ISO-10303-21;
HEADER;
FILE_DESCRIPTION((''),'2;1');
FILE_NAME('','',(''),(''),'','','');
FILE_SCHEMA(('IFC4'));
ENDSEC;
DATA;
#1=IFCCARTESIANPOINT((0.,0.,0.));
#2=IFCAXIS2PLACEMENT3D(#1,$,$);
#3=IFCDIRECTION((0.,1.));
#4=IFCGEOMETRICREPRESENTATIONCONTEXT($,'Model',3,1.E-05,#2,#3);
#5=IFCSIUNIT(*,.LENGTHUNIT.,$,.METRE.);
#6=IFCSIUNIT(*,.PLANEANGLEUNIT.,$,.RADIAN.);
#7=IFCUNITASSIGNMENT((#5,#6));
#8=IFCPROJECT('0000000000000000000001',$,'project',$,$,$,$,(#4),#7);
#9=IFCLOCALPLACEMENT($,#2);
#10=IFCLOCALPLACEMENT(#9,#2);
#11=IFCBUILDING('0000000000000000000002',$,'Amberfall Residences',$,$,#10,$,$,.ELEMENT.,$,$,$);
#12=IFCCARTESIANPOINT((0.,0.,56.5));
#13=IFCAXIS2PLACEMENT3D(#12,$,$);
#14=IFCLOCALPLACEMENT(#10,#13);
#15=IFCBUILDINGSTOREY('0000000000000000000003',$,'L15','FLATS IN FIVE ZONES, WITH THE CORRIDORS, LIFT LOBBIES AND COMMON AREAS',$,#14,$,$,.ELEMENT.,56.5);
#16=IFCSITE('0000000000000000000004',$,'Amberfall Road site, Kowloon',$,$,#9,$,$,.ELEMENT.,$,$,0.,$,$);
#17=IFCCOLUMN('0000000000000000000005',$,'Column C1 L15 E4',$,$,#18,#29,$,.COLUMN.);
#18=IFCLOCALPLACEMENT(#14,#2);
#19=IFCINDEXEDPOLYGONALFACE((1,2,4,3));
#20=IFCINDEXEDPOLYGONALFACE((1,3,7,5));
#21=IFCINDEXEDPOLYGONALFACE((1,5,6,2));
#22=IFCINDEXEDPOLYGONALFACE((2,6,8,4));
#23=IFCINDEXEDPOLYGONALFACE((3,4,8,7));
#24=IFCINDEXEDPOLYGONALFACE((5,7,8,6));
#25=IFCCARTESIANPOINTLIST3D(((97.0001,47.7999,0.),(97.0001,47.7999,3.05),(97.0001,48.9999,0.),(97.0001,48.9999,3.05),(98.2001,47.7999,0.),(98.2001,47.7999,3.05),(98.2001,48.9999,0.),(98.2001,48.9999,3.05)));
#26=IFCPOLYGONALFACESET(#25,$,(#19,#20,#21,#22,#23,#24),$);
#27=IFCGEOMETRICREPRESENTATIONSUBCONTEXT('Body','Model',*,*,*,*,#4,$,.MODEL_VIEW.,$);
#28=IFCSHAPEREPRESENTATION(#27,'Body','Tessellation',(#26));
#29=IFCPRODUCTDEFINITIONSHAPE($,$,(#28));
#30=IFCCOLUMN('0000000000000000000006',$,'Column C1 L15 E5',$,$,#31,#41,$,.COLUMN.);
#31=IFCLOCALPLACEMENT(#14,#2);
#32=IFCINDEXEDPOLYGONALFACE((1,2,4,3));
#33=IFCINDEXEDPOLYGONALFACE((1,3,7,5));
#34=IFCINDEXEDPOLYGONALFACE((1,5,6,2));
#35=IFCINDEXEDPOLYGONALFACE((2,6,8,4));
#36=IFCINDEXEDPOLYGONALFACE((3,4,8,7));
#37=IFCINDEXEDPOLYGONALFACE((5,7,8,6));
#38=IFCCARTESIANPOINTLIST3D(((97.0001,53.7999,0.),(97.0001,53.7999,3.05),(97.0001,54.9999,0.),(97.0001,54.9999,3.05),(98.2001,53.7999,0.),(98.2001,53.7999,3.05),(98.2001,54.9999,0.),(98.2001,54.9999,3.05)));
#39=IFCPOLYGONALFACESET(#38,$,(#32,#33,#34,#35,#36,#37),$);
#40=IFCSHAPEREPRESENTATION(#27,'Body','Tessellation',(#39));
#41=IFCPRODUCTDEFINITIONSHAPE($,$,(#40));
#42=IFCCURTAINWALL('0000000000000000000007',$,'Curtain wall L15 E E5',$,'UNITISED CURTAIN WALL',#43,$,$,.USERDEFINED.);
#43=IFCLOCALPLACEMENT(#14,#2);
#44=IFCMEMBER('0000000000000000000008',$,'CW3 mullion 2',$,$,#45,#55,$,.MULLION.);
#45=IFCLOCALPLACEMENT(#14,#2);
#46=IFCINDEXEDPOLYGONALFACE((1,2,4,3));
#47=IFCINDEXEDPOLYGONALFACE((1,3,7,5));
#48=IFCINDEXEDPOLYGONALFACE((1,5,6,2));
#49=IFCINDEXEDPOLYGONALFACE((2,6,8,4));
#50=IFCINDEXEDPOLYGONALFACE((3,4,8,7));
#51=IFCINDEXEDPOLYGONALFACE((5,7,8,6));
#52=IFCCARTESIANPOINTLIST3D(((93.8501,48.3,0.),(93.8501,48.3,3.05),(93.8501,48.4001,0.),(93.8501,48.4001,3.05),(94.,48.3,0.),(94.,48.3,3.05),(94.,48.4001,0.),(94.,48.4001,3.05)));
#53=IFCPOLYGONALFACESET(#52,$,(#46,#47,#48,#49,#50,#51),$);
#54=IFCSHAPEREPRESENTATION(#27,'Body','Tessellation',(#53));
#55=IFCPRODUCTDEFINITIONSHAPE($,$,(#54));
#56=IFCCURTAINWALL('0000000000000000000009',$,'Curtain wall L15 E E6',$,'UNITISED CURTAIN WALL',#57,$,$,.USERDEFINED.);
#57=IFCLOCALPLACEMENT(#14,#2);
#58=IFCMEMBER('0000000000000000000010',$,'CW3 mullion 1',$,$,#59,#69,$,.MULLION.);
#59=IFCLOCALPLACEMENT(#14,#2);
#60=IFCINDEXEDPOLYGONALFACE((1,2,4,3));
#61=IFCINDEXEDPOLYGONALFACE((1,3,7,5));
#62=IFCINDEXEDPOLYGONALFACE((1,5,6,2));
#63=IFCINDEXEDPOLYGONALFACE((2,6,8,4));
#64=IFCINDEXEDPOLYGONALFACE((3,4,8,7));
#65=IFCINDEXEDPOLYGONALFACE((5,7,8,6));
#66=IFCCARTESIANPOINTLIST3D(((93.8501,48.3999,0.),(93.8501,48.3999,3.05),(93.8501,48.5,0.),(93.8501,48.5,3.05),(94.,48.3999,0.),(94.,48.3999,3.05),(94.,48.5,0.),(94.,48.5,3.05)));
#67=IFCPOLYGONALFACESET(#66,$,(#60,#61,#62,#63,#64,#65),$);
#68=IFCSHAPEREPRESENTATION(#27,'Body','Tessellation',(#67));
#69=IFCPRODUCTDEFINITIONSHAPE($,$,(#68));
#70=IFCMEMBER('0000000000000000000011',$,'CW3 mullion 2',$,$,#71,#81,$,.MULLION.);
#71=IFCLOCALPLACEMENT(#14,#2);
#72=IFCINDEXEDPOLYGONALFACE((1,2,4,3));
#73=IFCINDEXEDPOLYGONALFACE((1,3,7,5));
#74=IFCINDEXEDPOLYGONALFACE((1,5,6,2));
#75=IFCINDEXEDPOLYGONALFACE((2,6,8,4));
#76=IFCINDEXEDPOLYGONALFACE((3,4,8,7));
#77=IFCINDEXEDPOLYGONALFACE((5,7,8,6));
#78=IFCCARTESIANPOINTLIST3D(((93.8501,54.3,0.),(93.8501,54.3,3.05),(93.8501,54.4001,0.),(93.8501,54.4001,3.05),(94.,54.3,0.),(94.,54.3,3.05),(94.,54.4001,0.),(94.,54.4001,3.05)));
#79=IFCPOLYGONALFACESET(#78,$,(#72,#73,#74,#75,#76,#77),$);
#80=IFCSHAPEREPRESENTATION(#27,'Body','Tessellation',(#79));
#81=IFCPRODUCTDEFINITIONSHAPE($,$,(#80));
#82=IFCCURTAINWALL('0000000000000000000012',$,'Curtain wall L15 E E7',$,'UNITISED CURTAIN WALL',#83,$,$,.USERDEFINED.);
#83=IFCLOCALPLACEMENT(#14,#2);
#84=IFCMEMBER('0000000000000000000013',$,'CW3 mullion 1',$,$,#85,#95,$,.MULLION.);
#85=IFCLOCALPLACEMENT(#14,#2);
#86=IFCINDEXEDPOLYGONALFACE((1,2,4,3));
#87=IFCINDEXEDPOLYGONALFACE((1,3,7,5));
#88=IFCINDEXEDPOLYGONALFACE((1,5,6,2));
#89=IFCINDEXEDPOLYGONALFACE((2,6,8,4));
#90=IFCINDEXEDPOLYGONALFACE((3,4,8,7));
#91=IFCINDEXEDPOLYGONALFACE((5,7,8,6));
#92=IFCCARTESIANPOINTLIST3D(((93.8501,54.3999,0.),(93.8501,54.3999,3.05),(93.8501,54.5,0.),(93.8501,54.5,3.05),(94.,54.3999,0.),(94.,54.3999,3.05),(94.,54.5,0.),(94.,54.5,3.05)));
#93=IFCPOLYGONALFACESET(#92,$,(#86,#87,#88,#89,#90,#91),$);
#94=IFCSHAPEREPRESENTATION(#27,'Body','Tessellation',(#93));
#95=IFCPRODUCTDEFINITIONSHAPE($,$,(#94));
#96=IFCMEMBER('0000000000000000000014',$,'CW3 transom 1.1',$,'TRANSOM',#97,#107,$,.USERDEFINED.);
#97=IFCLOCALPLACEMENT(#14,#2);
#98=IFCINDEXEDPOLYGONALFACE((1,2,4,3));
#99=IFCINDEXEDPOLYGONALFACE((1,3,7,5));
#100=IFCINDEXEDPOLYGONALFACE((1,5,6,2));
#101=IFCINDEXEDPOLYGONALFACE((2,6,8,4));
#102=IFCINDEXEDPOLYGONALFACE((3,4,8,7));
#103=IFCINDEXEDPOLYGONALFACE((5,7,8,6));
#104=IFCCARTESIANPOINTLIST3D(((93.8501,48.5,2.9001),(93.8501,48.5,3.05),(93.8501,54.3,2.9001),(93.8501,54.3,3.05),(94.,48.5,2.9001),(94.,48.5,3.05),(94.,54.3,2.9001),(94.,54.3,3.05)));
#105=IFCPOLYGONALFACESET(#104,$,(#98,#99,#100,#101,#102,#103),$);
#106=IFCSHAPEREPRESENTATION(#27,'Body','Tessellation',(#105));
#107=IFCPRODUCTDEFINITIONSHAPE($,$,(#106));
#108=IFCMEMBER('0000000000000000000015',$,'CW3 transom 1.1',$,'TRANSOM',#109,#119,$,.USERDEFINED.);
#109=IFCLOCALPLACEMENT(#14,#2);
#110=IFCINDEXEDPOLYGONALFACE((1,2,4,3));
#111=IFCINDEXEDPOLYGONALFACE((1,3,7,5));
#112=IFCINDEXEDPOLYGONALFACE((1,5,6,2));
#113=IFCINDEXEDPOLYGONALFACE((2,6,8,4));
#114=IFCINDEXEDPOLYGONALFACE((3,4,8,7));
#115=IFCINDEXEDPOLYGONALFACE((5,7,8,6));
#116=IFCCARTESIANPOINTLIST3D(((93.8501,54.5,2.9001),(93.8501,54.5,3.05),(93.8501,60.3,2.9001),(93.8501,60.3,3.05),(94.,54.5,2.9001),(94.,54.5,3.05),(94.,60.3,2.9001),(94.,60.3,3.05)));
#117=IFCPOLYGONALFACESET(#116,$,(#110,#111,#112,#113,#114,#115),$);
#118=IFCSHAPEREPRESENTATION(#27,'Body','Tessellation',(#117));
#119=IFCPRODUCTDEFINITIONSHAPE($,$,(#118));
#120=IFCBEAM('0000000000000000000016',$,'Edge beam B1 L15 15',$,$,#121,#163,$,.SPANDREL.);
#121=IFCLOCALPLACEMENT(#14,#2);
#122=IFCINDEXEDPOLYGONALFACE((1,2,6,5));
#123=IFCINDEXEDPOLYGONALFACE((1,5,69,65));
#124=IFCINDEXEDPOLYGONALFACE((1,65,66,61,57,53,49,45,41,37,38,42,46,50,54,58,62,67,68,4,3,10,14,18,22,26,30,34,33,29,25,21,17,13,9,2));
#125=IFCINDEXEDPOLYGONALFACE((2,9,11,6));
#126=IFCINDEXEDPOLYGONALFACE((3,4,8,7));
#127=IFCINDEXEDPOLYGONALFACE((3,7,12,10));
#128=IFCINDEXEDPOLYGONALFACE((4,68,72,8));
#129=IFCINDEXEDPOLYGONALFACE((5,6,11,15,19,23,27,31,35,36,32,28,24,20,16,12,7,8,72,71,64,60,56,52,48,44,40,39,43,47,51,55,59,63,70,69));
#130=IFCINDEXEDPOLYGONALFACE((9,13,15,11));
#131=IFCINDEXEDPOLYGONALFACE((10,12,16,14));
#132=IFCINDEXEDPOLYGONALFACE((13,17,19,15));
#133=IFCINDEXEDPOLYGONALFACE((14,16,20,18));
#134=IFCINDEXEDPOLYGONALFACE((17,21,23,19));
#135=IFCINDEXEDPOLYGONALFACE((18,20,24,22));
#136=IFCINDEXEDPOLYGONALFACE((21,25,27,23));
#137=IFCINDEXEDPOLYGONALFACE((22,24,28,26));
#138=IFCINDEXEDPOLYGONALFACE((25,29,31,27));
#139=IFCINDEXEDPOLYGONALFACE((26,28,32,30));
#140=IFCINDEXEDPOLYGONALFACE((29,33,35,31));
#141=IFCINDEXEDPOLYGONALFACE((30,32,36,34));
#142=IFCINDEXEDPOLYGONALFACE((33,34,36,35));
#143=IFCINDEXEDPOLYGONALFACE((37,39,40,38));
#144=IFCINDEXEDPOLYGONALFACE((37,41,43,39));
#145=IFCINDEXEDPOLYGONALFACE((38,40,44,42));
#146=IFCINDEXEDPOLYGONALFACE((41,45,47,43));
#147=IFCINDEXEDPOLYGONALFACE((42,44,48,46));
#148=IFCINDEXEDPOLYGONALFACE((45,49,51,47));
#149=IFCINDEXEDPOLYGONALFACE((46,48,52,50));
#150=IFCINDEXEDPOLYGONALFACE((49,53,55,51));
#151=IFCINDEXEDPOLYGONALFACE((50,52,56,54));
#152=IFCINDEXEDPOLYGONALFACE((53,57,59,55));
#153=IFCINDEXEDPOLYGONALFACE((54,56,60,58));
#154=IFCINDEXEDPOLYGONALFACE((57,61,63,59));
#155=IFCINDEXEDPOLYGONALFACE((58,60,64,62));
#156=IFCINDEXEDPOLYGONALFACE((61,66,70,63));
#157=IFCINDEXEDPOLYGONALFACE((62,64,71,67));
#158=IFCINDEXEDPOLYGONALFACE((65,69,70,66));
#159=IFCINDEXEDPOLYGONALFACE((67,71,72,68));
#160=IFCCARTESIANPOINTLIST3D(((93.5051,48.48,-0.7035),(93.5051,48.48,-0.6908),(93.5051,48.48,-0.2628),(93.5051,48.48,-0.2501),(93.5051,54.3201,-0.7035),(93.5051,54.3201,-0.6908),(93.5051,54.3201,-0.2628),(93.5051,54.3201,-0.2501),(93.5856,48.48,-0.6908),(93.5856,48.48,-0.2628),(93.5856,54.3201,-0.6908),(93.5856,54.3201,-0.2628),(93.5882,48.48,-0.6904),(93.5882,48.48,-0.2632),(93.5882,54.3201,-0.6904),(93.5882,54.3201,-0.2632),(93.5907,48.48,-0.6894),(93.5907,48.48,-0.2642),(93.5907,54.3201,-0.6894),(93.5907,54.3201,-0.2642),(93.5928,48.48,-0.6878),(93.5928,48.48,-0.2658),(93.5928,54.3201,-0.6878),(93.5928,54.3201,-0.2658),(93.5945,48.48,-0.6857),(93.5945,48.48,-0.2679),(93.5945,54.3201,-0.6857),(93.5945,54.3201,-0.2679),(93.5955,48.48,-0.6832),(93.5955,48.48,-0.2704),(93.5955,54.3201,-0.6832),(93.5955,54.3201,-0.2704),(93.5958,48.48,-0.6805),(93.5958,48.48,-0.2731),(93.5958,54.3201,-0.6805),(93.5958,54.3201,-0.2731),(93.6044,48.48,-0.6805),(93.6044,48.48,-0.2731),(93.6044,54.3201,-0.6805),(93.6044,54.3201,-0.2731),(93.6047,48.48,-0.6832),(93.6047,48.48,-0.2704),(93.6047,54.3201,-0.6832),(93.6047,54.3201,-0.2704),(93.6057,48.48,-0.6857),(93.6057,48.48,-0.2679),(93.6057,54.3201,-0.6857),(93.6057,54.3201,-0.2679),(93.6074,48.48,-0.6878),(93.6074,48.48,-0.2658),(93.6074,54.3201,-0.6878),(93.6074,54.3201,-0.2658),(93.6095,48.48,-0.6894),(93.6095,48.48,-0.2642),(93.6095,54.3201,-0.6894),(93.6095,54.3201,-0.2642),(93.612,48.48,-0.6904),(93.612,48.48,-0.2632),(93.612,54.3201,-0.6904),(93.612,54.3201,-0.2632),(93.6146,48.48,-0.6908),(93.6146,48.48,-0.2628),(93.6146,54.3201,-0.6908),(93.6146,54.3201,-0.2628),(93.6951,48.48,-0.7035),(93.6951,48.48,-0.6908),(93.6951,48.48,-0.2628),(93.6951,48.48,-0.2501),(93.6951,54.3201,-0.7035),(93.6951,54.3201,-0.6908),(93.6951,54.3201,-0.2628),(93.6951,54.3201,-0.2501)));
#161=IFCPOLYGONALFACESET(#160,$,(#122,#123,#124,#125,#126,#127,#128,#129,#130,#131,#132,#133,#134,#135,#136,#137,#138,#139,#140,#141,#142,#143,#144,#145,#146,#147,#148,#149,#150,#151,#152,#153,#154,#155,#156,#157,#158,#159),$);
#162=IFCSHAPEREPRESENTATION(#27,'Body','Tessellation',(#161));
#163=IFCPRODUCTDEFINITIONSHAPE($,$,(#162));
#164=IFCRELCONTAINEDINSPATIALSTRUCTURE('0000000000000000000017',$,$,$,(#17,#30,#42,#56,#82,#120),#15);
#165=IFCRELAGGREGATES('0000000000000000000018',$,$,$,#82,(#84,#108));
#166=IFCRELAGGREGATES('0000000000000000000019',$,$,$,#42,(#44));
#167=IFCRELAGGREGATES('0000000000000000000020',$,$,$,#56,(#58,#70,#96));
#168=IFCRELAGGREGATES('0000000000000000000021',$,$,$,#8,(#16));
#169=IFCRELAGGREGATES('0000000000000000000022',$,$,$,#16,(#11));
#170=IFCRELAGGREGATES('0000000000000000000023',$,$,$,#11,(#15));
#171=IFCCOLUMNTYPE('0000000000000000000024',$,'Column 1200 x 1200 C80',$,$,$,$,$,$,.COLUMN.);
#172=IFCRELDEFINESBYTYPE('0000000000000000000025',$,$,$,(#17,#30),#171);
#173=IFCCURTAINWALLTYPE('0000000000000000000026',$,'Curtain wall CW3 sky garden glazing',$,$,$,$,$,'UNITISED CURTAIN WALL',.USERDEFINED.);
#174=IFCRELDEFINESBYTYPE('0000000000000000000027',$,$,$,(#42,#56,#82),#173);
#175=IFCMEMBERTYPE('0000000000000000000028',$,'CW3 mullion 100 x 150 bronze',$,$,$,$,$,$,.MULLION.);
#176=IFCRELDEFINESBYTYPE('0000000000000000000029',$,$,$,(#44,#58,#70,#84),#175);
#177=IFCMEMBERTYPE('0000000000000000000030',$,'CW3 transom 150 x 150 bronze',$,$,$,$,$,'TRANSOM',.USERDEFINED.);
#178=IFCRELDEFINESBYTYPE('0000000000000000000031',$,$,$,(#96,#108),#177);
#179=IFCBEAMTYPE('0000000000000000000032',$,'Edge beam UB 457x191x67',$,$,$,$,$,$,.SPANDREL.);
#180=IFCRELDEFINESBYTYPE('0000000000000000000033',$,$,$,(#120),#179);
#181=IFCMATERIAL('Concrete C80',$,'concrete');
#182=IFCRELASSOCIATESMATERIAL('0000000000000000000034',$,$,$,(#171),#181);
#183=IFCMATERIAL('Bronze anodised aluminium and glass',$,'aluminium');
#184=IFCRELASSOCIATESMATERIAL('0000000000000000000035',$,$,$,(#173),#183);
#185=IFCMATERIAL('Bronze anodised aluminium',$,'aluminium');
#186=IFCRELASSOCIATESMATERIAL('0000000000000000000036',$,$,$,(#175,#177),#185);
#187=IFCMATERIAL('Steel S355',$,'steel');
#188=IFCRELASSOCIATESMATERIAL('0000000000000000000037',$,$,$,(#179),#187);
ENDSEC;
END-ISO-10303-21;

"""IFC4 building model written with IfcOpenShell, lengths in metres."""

from ifc_helpers import new_model, si_unit, direction, frame, origin, origin_2d, place, context, subcontext, project, spatial, rectangle, i_section, extrude, material, material_profile, profile_set, type_object, element, aggregate, save


model = new_model("IFC4")

# Units and contexts
model_context = context("Model", 3, precision=1e-05, world=origin(), true_north=direction((0.0, 1.0)))
body_context = subcontext(model_context, "Body", "Model", "MODEL_VIEW")
ifc_project = project(units=[si_unit("LENGTHUNIT", "METRE"), si_unit("PLANEANGLEUNIT", "RADIAN")], contexts=[model_context])

# Site, building, storey
site_placement = place(None, origin())
site = spatial("IfcSite", under=ifc_project, at=site_placement, Name="Amberfall Road site, Kowloon", CompositionType="ELEMENT", RefElevation=0.0)
building_placement = place(site_placement, origin())
building = spatial("IfcBuilding", under=site, at=building_placement, Name="Amberfall Residences", CompositionType="ELEMENT")
storey_placement = place(building_placement, frame((0.0, 0.0, 56.5)))
storey = spatial("IfcBuildingStorey", under=building, at=storey_placement, Name="L15", Description="FLATS IN FIVE ZONES, WITH THE CORRIDORS, LIFT LOBBIES AND COMMON AREAS", CompositionType="ELEMENT", Elevation=56.5)

# Columns
ifc_material_1 = material(Name="Concrete C80", Category="concrete")
ifc_material_profile_1 = material_profile(ifc_material_1, rectangle(XDim=1.2, YDim=1.2, at=origin_2d()), Name="Column 1200 x 1200 C80")
ifc_profile_set_1 = profile_set([ifc_material_profile_1], Name="Concrete C80")
column_type = type_object("IfcColumnType", Name="Column 1200 x 1200 C80", PredefinedType="COLUMN", material=ifc_profile_set_1)
for number, where, z_axis, x_axis, name in (
    (1, (97.6001, 48.3999, 0.0), (0.0, 0.0, 1.0), (1.0, 0.0, 0.0), "Column C1 L15 E4"),
    (2, (97.6001, 54.3999, 0.0), (0.0, 0.0, 1.0), (1.0, 0.0, 0.0), "Column C1 L15 E5"),
):
    element("IfcColumn", number, at=place(storey_placement, frame(where, z_axis=z_axis, x_axis=x_axis)), inside=storey, type_object=column_type, Name=name, PredefinedType="COLUMN", context=body_context, shape_type="SweptSolid", body=[
        extrude(rectangle(XDim=1.2, YDim=1.2, at=origin_2d()), origin(), (0.0, 0.0, 1.0), 3.05),
    ])

# Curtain wall, member
ifc_material_2 = material(Name="Bronze anodised aluminium and glass", Category="aluminium")
curtain_wall_type = type_object("IfcCurtainWallType", Name="Curtain wall CW3 sky garden glazing", ElementType="UNITISED CURTAIN WALL", PredefinedType="USERDEFINED", material=ifc_material_2)
curtain_wall_1_placement = place(storey_placement, origin())
curtain_wall_1 = element("IfcCurtainWall", 3, at=curtain_wall_1_placement, inside=storey, type_object=curtain_wall_type, Name="Curtain wall L15 E E5", ObjectType="UNITISED CURTAIN WALL", PredefinedType="USERDEFINED")
ifc_material_3 = material(Name="Bronze anodised aluminium", Category="aluminium")
ifc_material_profile_2 = material_profile(ifc_material_3, rectangle(XDim=0.1499, YDim=0.1001, at=origin_2d()), Name="CW3 mullion 100 x 150 bronze")
ifc_profile_set_2 = profile_set([ifc_material_profile_2], Name="Bronze anodised aluminium")
member_type_1 = type_object("IfcMemberType", Name="CW3 mullion 100 x 150 bronze", PredefinedType="MULLION", material=ifc_profile_set_2)
member_1_placement = place(storey_placement, frame((93.925, 48.3501, 0.0), z_axis=(0.0, 0.0, 1.0), x_axis=(-1.0, 0.0, 0.0)))
member_1 = element("IfcMember", 4, at=member_1_placement, type_object=member_type_1, Name="CW3 mullion 2", PredefinedType="MULLION", context=body_context, shape_type="SweptSolid", body=[
    extrude(rectangle(XDim=0.1499, YDim=0.1001, at=origin_2d()), origin(), (0.0, 0.0, 1.0), 3.05),
])

# Curtain wall, members
curtain_wall_2_placement = place(storey_placement, origin())
curtain_wall_2 = element("IfcCurtainWall", 5, at=curtain_wall_2_placement, inside=storey, type_object=curtain_wall_type, Name="Curtain wall L15 E E6", ObjectType="UNITISED CURTAIN WALL", PredefinedType="USERDEFINED")
member_2_placement = place(storey_placement, frame((93.925, 48.45, 0.0), z_axis=(0.0, 0.0, 1.0), x_axis=(-1.0, 0.0, 0.0)))
member_2 = element("IfcMember", 6, at=member_2_placement, type_object=member_type_1, Name="CW3 mullion 1", PredefinedType="MULLION", context=body_context, shape_type="SweptSolid", body=[
    extrude(rectangle(XDim=0.1499, YDim=0.1001, at=origin_2d()), origin(), (0.0, 0.0, 1.0), 3.05),
])
member_3_placement = place(storey_placement, frame((93.925, 54.3501, 0.0), z_axis=(0.0, 0.0, 1.0), x_axis=(-1.0, 0.0, 0.0)))
member_3 = element("IfcMember", 7, at=member_3_placement, type_object=member_type_1, Name="CW3 mullion 2", PredefinedType="MULLION", context=body_context, shape_type="SweptSolid", body=[
    extrude(rectangle(XDim=0.1499, YDim=0.1001, at=origin_2d()), origin(), (0.0, 0.0, 1.0), 3.05),
])

# Curtain wall, member
curtain_wall_3_placement = place(storey_placement, origin())
curtain_wall_3 = element("IfcCurtainWall", 8, at=curtain_wall_3_placement, inside=storey, type_object=curtain_wall_type, Name="Curtain wall L15 E E7", ObjectType="UNITISED CURTAIN WALL", PredefinedType="USERDEFINED")
member_4_placement = place(storey_placement, frame((93.925, 54.45, 0.0), z_axis=(0.0, 0.0, 1.0), x_axis=(-1.0, 0.0, 0.0)))
member_4 = element("IfcMember", 9, at=member_4_placement, type_object=member_type_1, Name="CW3 mullion 1", PredefinedType="MULLION", context=body_context, shape_type="SweptSolid", body=[
    extrude(rectangle(XDim=0.1499, YDim=0.1001, at=origin_2d()), origin(), (0.0, 0.0, 1.0), 3.05),
])

# Members
ifc_material_profile_3 = material_profile(ifc_material_3, rectangle(XDim=0.1499, YDim=0.1499, at=origin_2d()), Name="CW3 transom 150 x 150 bronze")
ifc_profile_set_3 = profile_set([ifc_material_profile_3], Name="Bronze anodised aluminium")
member_type_2 = type_object("IfcMemberType", Name="CW3 transom 150 x 150 bronze", ElementType="TRANSOM", PredefinedType="USERDEFINED", material=ifc_profile_set_3)
member_5_placement = place(storey_placement, frame((93.925, 48.5, 2.9751), z_axis=(0.0, 1.0, 0.0), x_axis=(-1.0, 0.0, 0.0)))
member_5 = element("IfcMember", 10, at=member_5_placement, type_object=member_type_2, Name="CW3 transom 1.1", ObjectType="TRANSOM", PredefinedType="USERDEFINED", context=body_context, shape_type="SweptSolid", body=[
    extrude(rectangle(XDim=0.1499, YDim=0.1499, at=origin_2d()), origin(), (0.0, 0.0, 1.0), 5.8),
])
member_6_placement = place(storey_placement, frame((93.925, 54.5, 2.9751), z_axis=(0.0, 1.0, 0.0), x_axis=(-1.0, 0.0, 0.0)))
member_6 = element("IfcMember", 11, at=member_6_placement, type_object=member_type_2, Name="CW3 transom 1.1", ObjectType="TRANSOM", PredefinedType="USERDEFINED", context=body_context, shape_type="SweptSolid", body=[
    extrude(rectangle(XDim=0.1499, YDim=0.1499, at=origin_2d()), origin(), (0.0, 0.0, 1.0), 5.8),
])
aggregate(curtain_wall_3, [member_4, member_6])

# Beam
ifc_material_4 = material(Name="Steel S355", Category="steel")
ifc_material_profile_4 = material_profile(ifc_material_4, i_section(OverallWidth=0.1899, OverallDepth=0.4534, WebThickness=0.0085, FlangeThickness=0.0127, FilletRadius=0.0103, at=origin_2d()), Name="UB 457x191x67")
ifc_profile_set_4 = profile_set([ifc_material_profile_4], Name="Steel S355")
beam_type_1 = type_object("IfcBeamType", Name="Edge beam UB 457x191x67", PredefinedType="SPANDREL", material=ifc_profile_set_4)
for number, where, z_axis, x_axis, name in (
    (12, (93.6001, 48.48, -0.4768), (0.0, 1.0, 0.0), (-1.0, 0.0, 0.0), "Edge beam B1 L15 15"),
):
    element("IfcBeam", number, at=place(storey_placement, frame(where, z_axis=z_axis, x_axis=x_axis)), inside=storey, type_object=beam_type_1, Name=name, PredefinedType="SPANDREL", context=body_context, shape_type="SweptSolid", body=[
        extrude(i_section(OverallWidth=0.1899, OverallDepth=0.4534, WebThickness=0.0085, FlangeThickness=0.0127, FilletRadius=0.0103, at=origin_2d()), origin(), (0.0, 0.0, 1.0), 5.8401),
    ])

aggregate(curtain_wall_1, [member_1])
aggregate(curtain_wall_2, [member_2, member_3, member_5])

save(model, "model.ifc")
